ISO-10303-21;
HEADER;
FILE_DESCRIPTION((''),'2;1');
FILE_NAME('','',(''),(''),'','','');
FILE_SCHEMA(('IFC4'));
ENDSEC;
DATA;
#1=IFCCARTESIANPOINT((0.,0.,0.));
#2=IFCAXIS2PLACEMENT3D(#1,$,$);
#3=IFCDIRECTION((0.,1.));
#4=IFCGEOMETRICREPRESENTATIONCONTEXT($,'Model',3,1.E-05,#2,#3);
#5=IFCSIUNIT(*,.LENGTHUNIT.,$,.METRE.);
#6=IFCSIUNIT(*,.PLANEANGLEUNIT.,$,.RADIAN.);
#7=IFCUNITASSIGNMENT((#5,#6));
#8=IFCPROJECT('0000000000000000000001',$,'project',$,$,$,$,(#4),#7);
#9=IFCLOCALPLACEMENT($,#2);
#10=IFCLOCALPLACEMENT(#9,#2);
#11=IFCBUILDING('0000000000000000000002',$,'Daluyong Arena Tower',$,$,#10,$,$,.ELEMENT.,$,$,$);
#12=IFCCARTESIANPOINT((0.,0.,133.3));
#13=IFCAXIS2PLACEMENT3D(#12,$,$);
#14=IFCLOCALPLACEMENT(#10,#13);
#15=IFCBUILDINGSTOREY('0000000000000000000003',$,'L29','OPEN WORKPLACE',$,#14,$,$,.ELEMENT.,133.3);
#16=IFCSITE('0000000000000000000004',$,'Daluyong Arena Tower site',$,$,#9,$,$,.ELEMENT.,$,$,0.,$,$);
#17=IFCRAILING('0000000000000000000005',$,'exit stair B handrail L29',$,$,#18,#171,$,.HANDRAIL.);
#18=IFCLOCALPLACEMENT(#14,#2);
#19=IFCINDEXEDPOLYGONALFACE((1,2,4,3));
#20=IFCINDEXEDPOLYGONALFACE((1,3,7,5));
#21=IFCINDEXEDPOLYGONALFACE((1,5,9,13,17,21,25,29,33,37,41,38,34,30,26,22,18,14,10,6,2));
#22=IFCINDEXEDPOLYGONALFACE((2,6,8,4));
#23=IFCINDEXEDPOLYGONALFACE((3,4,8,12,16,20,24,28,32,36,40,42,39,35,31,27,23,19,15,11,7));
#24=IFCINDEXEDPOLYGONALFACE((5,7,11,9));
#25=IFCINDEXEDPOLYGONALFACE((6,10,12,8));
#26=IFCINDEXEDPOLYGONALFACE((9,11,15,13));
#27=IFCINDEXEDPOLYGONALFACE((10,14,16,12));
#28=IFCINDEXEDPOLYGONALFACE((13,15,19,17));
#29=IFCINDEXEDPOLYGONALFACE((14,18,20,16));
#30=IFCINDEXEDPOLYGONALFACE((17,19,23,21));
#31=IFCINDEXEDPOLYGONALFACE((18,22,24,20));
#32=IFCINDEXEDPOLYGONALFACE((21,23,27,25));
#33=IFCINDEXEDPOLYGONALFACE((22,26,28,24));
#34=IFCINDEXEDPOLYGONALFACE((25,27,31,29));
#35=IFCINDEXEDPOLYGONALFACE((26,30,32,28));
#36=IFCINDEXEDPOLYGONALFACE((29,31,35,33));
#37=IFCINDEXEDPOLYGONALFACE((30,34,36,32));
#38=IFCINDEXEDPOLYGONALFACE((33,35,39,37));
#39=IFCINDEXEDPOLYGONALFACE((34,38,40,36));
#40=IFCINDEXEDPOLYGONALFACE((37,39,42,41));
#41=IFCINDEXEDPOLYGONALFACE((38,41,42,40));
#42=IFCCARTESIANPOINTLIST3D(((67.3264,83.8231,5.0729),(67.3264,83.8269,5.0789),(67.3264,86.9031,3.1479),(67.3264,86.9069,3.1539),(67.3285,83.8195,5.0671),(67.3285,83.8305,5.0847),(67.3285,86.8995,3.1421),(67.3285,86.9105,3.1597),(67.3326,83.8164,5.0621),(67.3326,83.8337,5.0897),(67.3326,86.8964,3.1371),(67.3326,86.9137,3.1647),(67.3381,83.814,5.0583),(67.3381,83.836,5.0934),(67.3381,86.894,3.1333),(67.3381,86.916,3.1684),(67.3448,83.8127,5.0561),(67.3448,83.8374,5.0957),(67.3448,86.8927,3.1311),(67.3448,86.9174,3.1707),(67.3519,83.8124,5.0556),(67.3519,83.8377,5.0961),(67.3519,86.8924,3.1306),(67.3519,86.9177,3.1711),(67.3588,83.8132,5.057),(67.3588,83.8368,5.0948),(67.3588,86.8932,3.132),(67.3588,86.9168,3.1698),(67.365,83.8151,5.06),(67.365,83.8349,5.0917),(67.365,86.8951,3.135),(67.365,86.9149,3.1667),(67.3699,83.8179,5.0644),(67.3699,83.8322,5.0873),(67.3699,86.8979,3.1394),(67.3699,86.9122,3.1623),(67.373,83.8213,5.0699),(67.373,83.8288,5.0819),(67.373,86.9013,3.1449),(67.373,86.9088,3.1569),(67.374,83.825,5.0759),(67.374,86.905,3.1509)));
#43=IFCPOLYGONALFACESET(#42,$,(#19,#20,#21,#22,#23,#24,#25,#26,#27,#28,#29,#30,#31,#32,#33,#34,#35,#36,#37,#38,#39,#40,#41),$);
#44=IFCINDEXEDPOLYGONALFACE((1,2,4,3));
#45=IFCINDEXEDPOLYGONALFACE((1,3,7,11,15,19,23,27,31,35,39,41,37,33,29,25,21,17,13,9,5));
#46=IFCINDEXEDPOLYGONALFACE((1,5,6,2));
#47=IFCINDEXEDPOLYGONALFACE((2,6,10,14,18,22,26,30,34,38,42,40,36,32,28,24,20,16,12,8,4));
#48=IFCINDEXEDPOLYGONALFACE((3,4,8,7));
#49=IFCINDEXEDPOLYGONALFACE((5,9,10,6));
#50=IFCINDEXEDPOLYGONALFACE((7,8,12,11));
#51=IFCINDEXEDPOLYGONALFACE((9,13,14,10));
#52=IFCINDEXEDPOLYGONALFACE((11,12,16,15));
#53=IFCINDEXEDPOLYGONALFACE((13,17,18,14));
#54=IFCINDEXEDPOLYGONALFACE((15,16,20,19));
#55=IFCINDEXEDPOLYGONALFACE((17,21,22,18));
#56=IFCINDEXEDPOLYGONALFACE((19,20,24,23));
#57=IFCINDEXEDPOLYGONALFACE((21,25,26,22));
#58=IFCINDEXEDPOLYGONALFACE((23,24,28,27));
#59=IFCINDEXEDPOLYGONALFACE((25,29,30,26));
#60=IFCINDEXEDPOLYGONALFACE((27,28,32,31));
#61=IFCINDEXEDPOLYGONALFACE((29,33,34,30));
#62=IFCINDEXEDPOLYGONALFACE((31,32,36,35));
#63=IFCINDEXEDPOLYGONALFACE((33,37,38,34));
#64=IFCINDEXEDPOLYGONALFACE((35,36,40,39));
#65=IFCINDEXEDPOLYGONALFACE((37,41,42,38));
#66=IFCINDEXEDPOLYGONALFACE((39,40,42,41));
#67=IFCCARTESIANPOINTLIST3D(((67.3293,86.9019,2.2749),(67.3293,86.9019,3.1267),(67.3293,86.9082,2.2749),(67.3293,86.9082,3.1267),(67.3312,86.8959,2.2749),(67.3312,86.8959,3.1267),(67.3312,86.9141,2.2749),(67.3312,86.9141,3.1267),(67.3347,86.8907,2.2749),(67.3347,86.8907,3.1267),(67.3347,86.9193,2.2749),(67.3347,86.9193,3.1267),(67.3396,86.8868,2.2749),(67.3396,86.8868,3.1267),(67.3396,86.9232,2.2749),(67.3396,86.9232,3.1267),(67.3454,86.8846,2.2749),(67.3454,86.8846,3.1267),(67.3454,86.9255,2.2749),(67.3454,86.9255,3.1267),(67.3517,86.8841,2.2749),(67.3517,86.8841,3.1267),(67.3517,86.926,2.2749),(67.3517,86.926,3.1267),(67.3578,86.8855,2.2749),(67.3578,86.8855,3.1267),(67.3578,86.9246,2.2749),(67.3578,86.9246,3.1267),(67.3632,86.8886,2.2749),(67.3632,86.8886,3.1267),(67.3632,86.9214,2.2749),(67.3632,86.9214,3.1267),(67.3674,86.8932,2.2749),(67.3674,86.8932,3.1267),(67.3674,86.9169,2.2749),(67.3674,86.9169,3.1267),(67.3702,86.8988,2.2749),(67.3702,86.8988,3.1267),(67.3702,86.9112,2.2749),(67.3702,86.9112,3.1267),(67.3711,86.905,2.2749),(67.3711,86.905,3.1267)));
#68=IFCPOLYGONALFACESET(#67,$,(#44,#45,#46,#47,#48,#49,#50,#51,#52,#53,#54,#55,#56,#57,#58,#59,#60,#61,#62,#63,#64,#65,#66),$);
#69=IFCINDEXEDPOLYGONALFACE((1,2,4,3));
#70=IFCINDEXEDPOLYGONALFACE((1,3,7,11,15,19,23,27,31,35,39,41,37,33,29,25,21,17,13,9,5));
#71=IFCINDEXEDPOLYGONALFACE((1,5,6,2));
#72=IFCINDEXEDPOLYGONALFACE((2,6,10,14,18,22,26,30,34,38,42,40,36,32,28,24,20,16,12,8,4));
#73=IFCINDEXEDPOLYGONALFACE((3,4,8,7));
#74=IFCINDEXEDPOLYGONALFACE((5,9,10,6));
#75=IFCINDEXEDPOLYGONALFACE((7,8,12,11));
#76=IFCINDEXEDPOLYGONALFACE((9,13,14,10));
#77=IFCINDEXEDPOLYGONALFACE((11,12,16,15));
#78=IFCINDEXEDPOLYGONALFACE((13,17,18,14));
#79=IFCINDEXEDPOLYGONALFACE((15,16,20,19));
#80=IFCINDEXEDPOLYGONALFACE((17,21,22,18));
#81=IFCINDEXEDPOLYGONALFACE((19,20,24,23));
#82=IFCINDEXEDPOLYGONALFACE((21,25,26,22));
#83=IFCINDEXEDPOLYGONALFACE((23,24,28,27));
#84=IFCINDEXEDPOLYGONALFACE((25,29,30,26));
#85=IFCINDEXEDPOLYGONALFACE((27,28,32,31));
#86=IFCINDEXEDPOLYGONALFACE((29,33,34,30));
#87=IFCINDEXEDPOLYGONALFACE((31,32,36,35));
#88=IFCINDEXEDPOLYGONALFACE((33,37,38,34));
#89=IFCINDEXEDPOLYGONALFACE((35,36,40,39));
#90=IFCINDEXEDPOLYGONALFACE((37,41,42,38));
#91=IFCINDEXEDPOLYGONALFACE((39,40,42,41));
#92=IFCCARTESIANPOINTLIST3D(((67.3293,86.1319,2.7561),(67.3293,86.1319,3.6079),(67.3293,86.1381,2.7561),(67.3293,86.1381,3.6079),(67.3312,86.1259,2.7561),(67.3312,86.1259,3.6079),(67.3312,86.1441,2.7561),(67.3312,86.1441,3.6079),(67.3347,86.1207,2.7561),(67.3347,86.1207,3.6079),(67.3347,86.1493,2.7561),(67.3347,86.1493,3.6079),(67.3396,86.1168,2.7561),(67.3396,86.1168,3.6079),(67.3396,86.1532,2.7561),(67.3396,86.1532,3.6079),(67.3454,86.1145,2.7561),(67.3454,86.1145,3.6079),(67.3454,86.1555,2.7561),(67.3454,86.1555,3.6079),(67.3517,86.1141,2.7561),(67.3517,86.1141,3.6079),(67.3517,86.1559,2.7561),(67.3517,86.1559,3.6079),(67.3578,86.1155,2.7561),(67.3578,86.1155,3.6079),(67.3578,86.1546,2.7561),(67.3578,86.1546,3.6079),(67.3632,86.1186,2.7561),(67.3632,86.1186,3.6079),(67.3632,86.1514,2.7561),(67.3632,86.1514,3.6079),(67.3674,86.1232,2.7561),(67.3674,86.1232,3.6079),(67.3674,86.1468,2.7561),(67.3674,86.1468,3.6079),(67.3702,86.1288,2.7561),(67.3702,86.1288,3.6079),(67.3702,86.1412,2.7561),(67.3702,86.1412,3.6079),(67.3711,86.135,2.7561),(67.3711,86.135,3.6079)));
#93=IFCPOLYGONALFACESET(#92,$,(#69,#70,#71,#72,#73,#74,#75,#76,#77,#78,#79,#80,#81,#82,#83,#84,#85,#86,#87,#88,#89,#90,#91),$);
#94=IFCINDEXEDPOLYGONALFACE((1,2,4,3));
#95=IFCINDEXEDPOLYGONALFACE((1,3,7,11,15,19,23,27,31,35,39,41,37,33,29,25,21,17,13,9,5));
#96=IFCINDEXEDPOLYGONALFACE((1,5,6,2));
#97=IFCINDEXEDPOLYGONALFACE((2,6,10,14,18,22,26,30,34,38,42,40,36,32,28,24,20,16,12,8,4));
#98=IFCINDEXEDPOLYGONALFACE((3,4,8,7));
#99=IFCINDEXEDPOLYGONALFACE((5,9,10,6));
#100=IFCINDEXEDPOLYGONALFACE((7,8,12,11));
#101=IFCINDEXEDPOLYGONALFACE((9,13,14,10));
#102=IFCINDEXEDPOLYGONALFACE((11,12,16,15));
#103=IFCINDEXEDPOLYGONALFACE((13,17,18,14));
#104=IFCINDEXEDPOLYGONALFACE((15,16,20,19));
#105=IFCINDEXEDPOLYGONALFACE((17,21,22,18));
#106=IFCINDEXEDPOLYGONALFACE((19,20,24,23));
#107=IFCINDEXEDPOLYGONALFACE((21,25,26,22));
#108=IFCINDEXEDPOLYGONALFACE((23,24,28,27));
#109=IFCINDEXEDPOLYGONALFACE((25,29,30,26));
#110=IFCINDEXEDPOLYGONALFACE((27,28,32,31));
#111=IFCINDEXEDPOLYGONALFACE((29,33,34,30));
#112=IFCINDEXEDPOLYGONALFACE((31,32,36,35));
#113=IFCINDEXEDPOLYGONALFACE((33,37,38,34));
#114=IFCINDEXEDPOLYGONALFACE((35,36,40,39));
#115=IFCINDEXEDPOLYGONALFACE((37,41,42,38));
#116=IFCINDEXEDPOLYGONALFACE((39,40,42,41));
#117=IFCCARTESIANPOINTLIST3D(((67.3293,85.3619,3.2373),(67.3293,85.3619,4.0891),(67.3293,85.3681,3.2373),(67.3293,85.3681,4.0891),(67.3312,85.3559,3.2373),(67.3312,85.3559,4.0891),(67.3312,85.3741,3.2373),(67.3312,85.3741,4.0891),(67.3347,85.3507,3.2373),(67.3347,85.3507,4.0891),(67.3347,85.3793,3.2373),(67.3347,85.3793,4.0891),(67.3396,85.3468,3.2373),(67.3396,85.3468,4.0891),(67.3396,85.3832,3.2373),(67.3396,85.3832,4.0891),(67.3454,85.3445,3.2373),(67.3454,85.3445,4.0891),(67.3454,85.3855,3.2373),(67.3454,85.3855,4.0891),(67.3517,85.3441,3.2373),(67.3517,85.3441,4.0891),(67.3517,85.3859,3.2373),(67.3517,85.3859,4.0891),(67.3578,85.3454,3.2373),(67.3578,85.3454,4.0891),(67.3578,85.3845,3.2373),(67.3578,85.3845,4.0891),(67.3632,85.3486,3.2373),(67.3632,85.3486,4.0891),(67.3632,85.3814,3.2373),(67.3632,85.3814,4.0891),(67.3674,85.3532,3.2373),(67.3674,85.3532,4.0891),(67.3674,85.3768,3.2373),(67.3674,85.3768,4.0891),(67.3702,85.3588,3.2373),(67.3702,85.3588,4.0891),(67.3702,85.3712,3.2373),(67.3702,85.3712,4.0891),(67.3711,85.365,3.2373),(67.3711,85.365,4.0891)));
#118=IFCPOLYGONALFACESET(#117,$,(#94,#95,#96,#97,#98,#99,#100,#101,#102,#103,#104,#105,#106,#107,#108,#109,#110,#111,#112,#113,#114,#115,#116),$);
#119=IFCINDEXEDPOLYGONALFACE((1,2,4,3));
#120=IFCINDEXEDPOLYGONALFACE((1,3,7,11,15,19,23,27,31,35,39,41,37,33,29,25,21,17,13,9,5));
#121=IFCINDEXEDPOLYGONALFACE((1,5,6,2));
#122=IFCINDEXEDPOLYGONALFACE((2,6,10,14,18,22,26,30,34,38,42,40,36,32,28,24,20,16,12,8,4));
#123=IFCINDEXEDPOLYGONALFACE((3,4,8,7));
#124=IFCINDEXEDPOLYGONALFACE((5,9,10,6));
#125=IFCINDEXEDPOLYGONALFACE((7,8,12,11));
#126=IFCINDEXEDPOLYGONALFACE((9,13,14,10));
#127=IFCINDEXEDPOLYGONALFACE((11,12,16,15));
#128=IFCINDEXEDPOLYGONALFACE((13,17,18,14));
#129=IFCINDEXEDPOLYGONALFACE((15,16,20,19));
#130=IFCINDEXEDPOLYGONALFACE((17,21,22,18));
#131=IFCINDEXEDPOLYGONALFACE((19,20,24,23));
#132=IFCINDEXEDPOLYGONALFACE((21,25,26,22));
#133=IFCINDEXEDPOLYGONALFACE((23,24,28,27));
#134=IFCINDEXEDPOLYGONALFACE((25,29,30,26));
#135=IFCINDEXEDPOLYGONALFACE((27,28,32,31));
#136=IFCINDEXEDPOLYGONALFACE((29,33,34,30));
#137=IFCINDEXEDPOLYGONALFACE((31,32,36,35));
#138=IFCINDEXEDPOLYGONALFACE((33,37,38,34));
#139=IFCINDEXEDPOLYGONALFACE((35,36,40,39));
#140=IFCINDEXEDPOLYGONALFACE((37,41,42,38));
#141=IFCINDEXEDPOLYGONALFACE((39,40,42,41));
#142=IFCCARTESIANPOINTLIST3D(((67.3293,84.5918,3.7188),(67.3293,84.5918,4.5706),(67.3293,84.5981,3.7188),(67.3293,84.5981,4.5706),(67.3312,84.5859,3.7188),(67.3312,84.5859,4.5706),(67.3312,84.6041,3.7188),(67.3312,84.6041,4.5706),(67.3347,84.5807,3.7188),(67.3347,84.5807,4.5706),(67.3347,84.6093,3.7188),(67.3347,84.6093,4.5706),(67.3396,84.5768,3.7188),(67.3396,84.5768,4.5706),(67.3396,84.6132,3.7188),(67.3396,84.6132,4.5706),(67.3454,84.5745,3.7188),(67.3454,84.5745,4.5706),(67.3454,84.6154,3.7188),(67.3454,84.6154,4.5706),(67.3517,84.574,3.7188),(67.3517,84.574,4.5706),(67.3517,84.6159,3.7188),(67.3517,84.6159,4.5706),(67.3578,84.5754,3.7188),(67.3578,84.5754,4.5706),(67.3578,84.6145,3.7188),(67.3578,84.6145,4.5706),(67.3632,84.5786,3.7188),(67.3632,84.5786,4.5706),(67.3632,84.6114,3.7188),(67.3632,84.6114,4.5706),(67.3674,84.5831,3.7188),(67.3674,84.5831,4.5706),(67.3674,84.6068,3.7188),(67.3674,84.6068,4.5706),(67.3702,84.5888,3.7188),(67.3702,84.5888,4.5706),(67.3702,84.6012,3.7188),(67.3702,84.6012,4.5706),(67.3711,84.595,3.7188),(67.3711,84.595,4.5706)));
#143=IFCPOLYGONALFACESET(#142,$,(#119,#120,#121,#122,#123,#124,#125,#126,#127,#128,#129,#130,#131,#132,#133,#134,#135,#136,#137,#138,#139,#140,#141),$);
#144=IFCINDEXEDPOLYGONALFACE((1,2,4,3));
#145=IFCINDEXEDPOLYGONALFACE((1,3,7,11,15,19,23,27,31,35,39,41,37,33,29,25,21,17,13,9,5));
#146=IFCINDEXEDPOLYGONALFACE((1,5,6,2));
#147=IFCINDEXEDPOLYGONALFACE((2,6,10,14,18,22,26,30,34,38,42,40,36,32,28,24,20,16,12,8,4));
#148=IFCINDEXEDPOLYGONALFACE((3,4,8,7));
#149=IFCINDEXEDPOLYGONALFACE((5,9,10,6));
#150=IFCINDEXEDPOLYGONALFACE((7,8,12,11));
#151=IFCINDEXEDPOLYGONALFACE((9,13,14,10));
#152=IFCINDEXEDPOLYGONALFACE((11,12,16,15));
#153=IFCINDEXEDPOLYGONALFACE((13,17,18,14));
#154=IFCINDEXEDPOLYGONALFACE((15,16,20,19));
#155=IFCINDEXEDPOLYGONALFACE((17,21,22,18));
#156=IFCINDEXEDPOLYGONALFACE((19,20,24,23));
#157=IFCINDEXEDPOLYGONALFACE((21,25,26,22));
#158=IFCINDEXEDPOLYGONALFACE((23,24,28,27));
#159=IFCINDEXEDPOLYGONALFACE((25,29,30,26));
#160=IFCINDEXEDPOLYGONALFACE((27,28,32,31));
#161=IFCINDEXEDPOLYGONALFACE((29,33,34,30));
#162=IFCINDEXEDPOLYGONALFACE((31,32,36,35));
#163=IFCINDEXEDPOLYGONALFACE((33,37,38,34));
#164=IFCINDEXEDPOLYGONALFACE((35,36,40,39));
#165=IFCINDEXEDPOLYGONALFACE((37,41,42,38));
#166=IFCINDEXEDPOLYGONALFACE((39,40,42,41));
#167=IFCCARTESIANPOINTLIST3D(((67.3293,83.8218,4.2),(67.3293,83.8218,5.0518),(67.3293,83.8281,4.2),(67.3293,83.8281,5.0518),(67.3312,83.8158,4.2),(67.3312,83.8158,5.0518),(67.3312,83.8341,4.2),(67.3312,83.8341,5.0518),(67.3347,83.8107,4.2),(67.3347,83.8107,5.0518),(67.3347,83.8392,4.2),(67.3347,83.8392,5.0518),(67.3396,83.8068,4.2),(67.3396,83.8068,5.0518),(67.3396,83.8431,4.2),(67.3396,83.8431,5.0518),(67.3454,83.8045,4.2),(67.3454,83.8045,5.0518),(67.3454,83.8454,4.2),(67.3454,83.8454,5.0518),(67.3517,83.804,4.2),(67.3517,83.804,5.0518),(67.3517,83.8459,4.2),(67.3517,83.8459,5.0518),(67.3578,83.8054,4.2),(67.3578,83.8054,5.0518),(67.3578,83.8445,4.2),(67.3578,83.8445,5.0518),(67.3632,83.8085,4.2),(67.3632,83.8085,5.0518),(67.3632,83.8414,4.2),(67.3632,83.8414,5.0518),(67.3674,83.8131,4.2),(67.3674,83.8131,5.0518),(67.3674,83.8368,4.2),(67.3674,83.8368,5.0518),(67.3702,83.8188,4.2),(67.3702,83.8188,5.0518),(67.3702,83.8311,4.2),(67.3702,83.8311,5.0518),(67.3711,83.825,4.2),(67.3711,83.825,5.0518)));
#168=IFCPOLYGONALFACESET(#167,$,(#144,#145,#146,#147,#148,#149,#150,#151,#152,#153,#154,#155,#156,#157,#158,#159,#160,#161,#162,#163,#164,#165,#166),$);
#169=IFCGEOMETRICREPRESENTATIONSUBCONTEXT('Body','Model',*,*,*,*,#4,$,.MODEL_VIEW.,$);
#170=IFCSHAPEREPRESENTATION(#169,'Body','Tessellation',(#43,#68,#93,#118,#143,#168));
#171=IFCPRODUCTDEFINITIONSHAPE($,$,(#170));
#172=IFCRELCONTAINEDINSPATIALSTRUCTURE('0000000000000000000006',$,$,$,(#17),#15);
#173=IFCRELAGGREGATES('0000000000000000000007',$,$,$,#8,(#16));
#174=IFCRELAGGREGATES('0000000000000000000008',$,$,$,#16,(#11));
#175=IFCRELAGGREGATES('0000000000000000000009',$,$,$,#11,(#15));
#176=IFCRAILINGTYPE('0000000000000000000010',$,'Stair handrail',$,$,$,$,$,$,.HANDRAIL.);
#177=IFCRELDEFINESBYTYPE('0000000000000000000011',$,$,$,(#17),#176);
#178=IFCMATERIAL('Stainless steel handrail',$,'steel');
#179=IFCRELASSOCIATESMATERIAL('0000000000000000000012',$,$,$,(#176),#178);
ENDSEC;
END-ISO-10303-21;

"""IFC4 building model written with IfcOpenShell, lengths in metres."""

from ifc_helpers import new_model, si_unit, direction, frame, origin, origin_2d, place, context, subcontext, project, spatial, circle, extrude, material, type_object, element, save


model = new_model("IFC4")

# Units and contexts
model_context = context("Model", 3, precision=1e-05, world=origin(), true_north=direction((0.0, 1.0)))
body_context = subcontext(model_context, "Body", "Model", "MODEL_VIEW")
ifc_project = project(units=[si_unit("LENGTHUNIT", "METRE"), si_unit("PLANEANGLEUNIT", "RADIAN")], contexts=[model_context])

# Site, building, storey
site_placement = place(None, origin())
site = spatial("IfcSite", under=ifc_project, at=site_placement, Name="Daluyong Arena Tower site", CompositionType="ELEMENT", RefElevation=0.0)
building_placement = place(site_placement, origin())
building = spatial("IfcBuilding", under=site, at=building_placement, Name="Daluyong Arena Tower", CompositionType="ELEMENT")
storey_placement = place(building_placement, frame((0.0, 0.0, 133.3)))
storey = spatial("IfcBuildingStorey", under=building, at=storey_placement, Name="L29", Description="OPEN WORKPLACE", CompositionType="ELEMENT", Elevation=133.3)

# Railing
ifc_material_1 = material(Name="Stainless steel handrail", Category="steel")
railing_type_1 = type_object("IfcRailingType", Name="Stair handrail", PredefinedType="HANDRAIL", material=ifc_material_1)
railing_1_placement = place(storey_placement, frame((67.3501, 86.905, 2.2749)))
element("IfcRailing", 1, at=railing_1_placement, inside=storey, type_object=railing_type_1, Name="exit stair B handrail L29", PredefinedType="HANDRAIL", context=body_context, shape_type="SweptSolid", body=[
    extrude(circle(Radius=0.0239, at=origin_2d()), frame((0.0, 0.0, 0.876), z_axis=(0.0, -0.847998, 0.529999), x_axis=(1.0, 0.0, 0.0)), (0.0, 0.0, 1.0), 3.6321),
    extrude(circle(Radius=0.021, at=origin_2d()), origin(), (0.0, 0.0, 1.0), 0.8518),
    extrude(circle(Radius=0.021, at=origin_2d()), frame((0.0, -0.77, 0.4812)), (0.0, 0.0, 1.0), 0.8518),
    extrude(circle(Radius=0.021, at=origin_2d()), frame((0.0, -1.54, 0.9624)), (0.0, 0.0, 1.0), 0.8518),
    extrude(circle(Radius=0.021, at=origin_2d()), frame((0.0, -2.3101, 1.4438)), (0.0, 0.0, 1.0), 0.8518),
    extrude(circle(Radius=0.021, at=origin_2d()), frame((0.0, -3.0801, 1.925)), (0.0, 0.0, 1.0), 0.8518),
])

save(model, "model.ifc")
